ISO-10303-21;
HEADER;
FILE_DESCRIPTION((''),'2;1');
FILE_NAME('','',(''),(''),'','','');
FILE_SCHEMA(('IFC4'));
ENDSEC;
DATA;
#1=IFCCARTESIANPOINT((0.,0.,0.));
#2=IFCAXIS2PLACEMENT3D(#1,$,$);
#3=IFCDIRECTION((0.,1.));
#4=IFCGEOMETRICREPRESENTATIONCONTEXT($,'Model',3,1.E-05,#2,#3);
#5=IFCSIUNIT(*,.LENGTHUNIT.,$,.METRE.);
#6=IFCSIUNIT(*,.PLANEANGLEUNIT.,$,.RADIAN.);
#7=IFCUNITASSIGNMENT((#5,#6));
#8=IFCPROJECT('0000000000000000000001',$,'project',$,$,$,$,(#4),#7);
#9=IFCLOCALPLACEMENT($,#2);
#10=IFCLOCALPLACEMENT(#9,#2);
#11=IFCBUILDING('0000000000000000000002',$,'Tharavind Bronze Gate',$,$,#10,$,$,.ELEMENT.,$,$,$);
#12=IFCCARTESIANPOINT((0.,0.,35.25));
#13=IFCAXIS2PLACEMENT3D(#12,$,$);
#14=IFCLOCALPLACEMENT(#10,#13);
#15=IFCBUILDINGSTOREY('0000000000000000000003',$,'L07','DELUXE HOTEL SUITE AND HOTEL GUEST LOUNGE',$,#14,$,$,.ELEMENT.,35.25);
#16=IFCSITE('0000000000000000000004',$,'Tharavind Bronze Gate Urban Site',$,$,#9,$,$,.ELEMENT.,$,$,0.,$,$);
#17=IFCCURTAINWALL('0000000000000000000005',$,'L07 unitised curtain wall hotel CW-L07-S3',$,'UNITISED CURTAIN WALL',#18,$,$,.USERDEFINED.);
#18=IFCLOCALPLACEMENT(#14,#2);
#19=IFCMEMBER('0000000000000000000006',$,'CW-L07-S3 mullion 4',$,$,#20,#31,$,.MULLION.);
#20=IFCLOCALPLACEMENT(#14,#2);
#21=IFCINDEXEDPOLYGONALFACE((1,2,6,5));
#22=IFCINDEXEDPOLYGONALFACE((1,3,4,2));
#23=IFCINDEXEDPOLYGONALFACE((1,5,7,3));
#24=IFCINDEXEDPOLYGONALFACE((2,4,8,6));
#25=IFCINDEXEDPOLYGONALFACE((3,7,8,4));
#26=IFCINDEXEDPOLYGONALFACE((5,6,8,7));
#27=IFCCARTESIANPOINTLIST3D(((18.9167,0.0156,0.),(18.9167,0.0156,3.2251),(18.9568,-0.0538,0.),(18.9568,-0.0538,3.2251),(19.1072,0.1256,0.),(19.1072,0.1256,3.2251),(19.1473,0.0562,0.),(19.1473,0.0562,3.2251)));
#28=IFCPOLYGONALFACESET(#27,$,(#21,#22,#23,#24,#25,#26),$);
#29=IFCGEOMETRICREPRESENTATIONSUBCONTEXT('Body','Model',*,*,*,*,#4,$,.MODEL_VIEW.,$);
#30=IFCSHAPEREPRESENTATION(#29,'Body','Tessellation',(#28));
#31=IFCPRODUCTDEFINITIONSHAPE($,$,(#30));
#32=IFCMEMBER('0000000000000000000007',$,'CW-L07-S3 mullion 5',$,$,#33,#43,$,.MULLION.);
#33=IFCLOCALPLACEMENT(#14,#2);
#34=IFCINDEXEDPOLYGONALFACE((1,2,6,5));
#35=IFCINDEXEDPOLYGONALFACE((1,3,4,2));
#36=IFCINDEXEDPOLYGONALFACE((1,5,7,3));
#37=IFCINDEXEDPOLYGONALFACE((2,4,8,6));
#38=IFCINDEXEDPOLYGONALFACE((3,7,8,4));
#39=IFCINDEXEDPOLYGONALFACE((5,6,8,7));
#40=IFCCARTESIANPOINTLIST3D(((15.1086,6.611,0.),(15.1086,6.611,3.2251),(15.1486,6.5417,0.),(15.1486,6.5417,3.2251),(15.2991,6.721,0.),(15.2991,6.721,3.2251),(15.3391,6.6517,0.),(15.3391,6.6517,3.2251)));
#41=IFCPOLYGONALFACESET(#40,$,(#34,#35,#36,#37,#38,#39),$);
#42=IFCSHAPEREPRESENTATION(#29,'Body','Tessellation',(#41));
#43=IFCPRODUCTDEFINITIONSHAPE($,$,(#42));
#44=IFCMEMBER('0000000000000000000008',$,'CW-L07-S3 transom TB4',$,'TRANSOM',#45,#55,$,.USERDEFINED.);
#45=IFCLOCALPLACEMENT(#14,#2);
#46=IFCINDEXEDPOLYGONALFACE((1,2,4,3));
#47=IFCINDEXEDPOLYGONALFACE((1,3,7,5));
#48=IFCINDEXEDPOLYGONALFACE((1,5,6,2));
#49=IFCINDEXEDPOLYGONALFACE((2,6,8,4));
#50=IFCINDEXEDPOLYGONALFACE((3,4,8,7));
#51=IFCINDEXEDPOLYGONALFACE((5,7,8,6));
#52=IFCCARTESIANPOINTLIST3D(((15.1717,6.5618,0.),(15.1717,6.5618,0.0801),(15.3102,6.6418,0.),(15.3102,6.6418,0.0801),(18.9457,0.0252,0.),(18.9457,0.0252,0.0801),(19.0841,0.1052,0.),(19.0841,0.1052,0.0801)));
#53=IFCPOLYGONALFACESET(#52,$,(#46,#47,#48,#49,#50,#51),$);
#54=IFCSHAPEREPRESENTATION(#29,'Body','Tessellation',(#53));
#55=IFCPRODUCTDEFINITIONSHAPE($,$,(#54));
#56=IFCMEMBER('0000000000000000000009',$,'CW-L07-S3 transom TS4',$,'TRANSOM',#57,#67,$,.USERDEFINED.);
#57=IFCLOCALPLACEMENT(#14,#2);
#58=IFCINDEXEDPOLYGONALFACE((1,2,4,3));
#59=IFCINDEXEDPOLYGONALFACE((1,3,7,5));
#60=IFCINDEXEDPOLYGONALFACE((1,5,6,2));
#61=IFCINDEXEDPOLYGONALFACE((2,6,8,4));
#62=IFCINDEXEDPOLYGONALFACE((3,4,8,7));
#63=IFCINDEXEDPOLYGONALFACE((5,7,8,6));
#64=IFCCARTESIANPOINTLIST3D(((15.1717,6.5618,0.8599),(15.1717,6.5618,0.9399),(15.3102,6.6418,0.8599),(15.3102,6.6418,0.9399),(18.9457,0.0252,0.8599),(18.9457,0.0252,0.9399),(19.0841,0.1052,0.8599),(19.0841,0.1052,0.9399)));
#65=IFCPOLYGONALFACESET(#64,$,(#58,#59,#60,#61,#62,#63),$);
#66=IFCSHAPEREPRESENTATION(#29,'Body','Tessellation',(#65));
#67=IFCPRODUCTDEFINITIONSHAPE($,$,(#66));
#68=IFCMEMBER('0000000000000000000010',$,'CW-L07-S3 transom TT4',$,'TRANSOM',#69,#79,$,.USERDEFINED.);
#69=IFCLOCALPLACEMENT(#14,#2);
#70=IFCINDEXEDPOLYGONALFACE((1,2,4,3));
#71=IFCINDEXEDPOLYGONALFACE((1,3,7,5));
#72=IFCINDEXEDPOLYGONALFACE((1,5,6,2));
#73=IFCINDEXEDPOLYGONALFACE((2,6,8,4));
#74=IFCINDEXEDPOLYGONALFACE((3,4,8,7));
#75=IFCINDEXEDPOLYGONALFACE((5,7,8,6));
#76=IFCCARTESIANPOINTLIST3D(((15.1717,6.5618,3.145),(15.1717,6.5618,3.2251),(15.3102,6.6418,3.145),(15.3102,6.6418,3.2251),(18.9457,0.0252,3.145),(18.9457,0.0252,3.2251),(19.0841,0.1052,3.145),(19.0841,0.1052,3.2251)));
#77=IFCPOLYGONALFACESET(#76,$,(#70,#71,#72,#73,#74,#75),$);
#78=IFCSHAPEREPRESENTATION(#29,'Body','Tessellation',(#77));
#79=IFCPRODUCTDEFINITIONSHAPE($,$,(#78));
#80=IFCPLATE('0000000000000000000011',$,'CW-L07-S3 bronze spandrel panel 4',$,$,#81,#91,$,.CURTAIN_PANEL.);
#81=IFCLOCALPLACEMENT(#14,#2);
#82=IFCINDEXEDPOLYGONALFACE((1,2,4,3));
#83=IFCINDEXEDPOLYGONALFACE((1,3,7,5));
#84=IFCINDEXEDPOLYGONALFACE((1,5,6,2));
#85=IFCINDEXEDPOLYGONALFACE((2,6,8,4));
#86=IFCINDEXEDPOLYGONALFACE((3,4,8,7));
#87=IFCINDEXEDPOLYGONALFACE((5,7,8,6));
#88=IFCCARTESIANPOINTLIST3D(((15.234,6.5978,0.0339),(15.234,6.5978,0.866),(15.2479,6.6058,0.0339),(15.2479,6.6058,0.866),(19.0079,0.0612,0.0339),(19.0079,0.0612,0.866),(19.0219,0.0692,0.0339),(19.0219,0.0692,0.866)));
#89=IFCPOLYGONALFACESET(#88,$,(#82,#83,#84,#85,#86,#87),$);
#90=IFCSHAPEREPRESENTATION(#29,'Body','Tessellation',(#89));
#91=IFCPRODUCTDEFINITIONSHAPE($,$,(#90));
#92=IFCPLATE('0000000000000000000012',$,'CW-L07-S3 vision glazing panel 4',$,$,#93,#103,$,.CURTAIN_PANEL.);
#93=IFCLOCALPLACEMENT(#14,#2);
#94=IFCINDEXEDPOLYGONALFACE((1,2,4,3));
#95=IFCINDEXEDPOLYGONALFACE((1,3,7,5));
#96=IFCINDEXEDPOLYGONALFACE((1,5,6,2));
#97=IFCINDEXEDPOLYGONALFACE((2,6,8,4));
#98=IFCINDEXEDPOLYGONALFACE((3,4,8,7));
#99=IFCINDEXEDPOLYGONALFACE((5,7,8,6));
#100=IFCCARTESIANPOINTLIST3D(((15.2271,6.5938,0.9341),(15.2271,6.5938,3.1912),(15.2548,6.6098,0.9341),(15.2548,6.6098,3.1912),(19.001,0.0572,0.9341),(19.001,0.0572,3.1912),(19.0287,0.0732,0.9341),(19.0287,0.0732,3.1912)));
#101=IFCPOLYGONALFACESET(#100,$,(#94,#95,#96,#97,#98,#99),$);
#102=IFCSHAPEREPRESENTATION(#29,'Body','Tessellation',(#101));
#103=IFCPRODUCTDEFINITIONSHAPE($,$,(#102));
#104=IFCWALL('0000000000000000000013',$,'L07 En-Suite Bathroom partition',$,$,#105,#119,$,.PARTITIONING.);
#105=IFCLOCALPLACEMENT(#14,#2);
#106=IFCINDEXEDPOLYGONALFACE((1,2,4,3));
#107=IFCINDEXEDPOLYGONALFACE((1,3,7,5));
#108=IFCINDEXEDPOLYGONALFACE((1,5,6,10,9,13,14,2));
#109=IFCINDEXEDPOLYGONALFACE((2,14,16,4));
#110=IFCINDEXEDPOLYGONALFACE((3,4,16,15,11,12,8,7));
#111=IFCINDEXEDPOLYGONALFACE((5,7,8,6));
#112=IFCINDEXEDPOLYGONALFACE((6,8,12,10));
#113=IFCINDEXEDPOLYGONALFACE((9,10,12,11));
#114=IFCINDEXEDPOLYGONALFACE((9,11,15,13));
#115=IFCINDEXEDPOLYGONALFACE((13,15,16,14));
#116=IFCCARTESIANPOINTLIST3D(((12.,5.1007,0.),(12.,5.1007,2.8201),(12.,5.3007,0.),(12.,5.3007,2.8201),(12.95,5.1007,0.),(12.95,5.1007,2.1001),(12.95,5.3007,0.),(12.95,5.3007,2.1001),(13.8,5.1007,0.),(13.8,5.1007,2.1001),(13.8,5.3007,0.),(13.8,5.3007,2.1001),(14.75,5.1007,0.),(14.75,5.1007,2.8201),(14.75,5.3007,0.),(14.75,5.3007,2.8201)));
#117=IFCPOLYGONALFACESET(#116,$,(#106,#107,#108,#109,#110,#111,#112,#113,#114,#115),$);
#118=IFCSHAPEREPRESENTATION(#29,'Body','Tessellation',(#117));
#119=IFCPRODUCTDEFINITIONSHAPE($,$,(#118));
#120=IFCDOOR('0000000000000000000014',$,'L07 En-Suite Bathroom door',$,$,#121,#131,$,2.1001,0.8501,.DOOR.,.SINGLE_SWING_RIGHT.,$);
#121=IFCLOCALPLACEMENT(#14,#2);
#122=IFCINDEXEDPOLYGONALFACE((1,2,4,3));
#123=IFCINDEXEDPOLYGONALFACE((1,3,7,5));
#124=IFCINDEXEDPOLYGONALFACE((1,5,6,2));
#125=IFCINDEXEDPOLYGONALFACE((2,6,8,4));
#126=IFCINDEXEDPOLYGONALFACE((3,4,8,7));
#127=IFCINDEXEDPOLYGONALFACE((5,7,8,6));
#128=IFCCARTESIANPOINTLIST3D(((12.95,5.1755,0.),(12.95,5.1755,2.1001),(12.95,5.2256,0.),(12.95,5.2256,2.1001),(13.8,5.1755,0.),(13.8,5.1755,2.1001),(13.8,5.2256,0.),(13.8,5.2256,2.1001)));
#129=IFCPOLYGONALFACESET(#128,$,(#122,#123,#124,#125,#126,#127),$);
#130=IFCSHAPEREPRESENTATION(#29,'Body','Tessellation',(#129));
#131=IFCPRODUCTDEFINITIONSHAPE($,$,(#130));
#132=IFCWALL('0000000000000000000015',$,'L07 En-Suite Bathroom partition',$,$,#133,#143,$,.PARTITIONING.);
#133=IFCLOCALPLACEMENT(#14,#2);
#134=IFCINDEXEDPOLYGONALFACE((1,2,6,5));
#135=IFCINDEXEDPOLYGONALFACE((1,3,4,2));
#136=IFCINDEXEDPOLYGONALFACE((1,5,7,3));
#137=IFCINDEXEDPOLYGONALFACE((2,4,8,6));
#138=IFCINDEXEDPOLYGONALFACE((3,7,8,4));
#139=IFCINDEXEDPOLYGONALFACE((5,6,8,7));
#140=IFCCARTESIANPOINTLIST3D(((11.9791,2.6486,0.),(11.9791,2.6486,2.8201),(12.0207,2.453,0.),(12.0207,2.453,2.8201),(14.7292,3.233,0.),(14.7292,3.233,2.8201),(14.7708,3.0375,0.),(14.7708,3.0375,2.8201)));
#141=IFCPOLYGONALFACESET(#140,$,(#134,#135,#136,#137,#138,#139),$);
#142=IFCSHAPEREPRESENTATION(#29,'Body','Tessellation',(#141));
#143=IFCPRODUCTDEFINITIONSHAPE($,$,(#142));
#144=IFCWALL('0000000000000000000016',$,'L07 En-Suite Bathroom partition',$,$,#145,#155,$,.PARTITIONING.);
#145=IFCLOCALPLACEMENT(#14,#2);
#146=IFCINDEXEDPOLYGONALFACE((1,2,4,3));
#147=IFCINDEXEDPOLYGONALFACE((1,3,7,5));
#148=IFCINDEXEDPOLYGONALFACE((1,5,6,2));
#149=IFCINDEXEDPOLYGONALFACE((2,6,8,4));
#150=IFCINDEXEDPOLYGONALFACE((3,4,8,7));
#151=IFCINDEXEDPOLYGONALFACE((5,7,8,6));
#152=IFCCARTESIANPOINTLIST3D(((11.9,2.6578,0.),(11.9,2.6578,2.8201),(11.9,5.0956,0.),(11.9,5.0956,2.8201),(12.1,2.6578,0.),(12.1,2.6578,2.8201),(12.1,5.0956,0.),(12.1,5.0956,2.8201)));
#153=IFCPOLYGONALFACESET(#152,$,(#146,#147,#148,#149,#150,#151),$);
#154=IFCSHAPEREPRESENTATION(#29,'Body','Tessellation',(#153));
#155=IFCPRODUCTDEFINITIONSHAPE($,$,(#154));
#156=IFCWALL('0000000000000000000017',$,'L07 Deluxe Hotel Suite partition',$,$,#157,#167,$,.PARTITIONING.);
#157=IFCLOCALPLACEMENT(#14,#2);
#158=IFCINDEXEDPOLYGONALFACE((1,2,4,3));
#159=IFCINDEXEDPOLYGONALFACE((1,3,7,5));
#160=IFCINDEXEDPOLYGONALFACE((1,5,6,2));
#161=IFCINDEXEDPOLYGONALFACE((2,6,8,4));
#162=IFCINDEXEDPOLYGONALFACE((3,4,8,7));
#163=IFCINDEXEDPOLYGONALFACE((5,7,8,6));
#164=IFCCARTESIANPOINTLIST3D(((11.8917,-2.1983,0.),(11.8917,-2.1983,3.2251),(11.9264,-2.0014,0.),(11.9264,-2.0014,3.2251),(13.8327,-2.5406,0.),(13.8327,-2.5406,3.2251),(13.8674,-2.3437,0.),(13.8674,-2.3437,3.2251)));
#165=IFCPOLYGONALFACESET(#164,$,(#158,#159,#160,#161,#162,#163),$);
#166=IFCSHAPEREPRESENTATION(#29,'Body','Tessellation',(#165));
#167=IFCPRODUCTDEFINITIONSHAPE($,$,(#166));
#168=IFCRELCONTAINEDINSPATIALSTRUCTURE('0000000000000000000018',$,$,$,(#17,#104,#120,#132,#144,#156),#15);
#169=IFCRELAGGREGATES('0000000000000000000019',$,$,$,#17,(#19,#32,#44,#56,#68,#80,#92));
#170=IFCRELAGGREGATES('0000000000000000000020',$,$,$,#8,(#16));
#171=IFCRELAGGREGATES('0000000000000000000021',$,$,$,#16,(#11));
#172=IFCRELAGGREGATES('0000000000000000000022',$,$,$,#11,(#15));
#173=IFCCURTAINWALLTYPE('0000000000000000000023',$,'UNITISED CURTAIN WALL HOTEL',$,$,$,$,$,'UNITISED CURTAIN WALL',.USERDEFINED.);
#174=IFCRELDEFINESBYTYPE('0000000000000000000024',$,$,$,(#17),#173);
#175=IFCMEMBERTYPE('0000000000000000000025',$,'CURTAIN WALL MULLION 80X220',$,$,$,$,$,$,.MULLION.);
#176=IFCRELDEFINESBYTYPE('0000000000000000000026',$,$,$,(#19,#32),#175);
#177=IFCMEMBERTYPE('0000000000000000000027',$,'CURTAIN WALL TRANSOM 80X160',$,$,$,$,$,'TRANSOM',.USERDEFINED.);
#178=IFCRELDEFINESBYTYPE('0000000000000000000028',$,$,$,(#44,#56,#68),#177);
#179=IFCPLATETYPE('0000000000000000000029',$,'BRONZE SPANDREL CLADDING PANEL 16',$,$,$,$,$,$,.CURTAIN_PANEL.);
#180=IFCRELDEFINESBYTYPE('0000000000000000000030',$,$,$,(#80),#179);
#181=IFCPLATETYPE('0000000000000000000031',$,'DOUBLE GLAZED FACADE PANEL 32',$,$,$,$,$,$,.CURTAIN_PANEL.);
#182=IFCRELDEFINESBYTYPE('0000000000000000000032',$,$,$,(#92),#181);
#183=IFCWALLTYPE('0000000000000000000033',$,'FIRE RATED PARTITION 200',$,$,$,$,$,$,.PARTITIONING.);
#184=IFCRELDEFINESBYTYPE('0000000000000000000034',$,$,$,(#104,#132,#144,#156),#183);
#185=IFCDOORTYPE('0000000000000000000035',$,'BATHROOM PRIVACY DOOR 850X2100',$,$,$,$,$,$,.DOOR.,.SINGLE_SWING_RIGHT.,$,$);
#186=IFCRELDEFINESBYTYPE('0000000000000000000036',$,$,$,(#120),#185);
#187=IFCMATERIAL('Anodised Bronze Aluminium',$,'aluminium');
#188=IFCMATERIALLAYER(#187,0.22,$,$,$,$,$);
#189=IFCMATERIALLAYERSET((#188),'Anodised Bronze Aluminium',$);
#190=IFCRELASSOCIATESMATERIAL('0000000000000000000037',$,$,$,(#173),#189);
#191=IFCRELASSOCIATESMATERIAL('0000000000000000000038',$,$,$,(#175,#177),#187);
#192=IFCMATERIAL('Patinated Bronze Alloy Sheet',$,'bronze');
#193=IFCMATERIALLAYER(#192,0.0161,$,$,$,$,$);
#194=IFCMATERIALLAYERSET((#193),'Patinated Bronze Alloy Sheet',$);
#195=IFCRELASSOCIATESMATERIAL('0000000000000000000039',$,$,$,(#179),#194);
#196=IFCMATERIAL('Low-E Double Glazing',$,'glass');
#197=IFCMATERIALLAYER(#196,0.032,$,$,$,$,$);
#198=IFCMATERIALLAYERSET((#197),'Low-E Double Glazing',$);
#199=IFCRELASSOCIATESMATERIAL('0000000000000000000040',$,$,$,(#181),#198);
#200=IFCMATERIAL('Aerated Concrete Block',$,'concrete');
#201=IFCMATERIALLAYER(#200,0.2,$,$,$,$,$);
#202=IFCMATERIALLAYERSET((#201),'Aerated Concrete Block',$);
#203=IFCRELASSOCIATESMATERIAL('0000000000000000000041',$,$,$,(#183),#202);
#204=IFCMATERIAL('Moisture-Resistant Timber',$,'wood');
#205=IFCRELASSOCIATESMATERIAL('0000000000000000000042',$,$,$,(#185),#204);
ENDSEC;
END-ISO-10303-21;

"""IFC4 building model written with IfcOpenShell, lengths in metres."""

from ifc_helpers import new_model, si_unit, direction, frame, frame_2d, origin, origin_2d, place, context, subcontext, project, spatial, rectangle, extrude, material, layer, layer_set, type_object, element, fill, aggregate, save


model = new_model("IFC4")

# Units and contexts
model_context = context("Model", 3, precision=1e-05, world=origin(), true_north=direction((0.0, 1.0)))
body_context = subcontext(model_context, "Body", "Model", "MODEL_VIEW")
ifc_project = project(units=[si_unit("LENGTHUNIT", "METRE"), si_unit("PLANEANGLEUNIT", "RADIAN")], contexts=[model_context])

# Site, building, storey
site_placement = place(None, origin())
site = spatial("IfcSite", under=ifc_project, at=site_placement, Name="Tharavind Bronze Gate Urban Site", CompositionType="ELEMENT", RefElevation=0.0)
building_placement = place(site_placement, origin())
building = spatial("IfcBuilding", under=site, at=building_placement, Name="Tharavind Bronze Gate", CompositionType="ELEMENT")
storey_placement = place(building_placement, frame((0.0, 0.0, 35.25)))
storey = spatial("IfcBuildingStorey", under=building, at=storey_placement, Name="L07", Description="DELUXE HOTEL SUITE AND HOTEL GUEST LOUNGE", CompositionType="ELEMENT", Elevation=35.25)

# Curtain wall, members, plates
ifc_material_1 = material(Name="Anodised Bronze Aluminium", Category="aluminium")
ifc_layer_1 = layer(ifc_material_1, 0.22)
ifc_layer_set_1 = layer_set([ifc_layer_1], Name="Anodised Bronze Aluminium")
curtain_wall_type = type_object("IfcCurtainWallType", Name="UNITISED CURTAIN WALL HOTEL", ElementType="UNITISED CURTAIN WALL", PredefinedType="USERDEFINED", material=ifc_layer_set_1)
curtain_wall_placement = place(storey_placement, origin())
curtain_wall = element("IfcCurtainWall", 1, at=curtain_wall_placement, inside=storey, type_object=curtain_wall_type, Name="L07 unitised curtain wall hotel CW-L07-S3", ObjectType="UNITISED CURTAIN WALL", PredefinedType="USERDEFINED")
member_type_1 = type_object("IfcMemberType", Name="CURTAIN WALL MULLION 80X220", PredefinedType="MULLION", material=ifc_material_1)
member_1_placement = place(storey_placement, frame((19.032, 0.0359, 0.0), z_axis=(0.0, 0.0, 1.0), x_axis=(-0.500002, 0.866025, 0.0)))
member_1 = element("IfcMember", 2, at=member_1_placement, type_object=member_type_1, Name="CW-L07-S3 mullion 4", PredefinedType="MULLION", context=body_context, shape_type="SweptSolid", body=[
    extrude(rectangle(XDim=0.0801, YDim=0.22, at=origin_2d()), origin(), (0.0, 0.0, 1.0), 3.2251),
])
member_2_placement = place(storey_placement, frame((15.2239, 6.6313, 0.0), z_axis=(0.0, 0.0, 1.0), x_axis=(-0.500002, 0.866025, 0.0)))
member_2 = element("IfcMember", 3, at=member_2_placement, type_object=member_type_1, Name="CW-L07-S3 mullion 5", PredefinedType="MULLION", context=body_context, shape_type="SweptSolid", body=[
    extrude(rectangle(XDim=0.0801, YDim=0.22, at=origin_2d()), origin(), (0.0, 0.0, 1.0), 3.2251),
])
member_type_2 = type_object("IfcMemberType", Name="CURTAIN WALL TRANSOM 80X160", ElementType="TRANSOM", PredefinedType="USERDEFINED", material=ifc_material_1)
member_3_placement = place(storey_placement, frame((17.1279, 3.3335, 0.0), z_axis=(0.0, 0.0, 1.0), x_axis=(-0.500002, 0.866025, 0.0)))
member_3 = element("IfcMember", 4, at=member_3_placement, type_object=member_type_2, Name="CW-L07-S3 transom TB4", ObjectType="TRANSOM", PredefinedType="USERDEFINED", context=body_context, shape_type="SweptSolid", body=[
    extrude(rectangle(XDim=7.5479, YDim=0.1599, at=origin_2d()), origin(), (0.0, 0.0, 1.0), 0.0801),
])
member_4_placement = place(storey_placement, frame((17.1279, 3.3335, 0.8599), z_axis=(0.0, 0.0, 1.0), x_axis=(-0.500002, 0.866025, 0.0)))
member_4 = element("IfcMember", 5, at=member_4_placement, type_object=member_type_2, Name="CW-L07-S3 transom TS4", ObjectType="TRANSOM", PredefinedType="USERDEFINED", context=body_context, shape_type="SweptSolid", body=[
    extrude(rectangle(XDim=7.5479, YDim=0.1599, at=origin_2d()), origin(), (0.0, 0.0, 1.0), 0.0801),
])
member_5_placement = place(storey_placement, frame((17.1279, 3.3335, 3.145), z_axis=(0.0, 0.0, 1.0), x_axis=(-0.500002, 0.866025, 0.0)))
member_5 = element("IfcMember", 6, at=member_5_placement, type_object=member_type_2, Name="CW-L07-S3 transom TT4", ObjectType="TRANSOM", PredefinedType="USERDEFINED", context=body_context, shape_type="SweptSolid", body=[
    extrude(rectangle(XDim=7.5479, YDim=0.1599, at=origin_2d()), origin(), (0.0, 0.0, 1.0), 0.0801),
])
ifc_material_2 = material(Name="Patinated Bronze Alloy Sheet", Category="bronze")
ifc_layer_2 = layer(ifc_material_2, 0.0161)
ifc_layer_set_2 = layer_set([ifc_layer_2], Name="Patinated Bronze Alloy Sheet")
plate_type_1 = type_object("IfcPlateType", Name="BRONZE SPANDREL CLADDING PANEL 16", PredefinedType="CURTAIN_PANEL", material=ifc_layer_set_2)
plate_1_placement = place(storey_placement, frame((17.1279, 3.3335, 0.0339), z_axis=(0.0, 0.0, 1.0), x_axis=(-0.500002, 0.866025, 0.0)))
plate_1 = element("IfcPlate", 7, at=plate_1_placement, type_object=plate_type_1, Name="CW-L07-S3 bronze spandrel panel 4", PredefinedType="CURTAIN_PANEL", context=body_context, shape_type="SweptSolid", body=[
    extrude(rectangle(XDim=7.5479, YDim=0.0161, at=origin_2d()), origin(), (0.0, 0.0, 1.0), 0.832),
])
ifc_material_3 = material(Name="Low-E Double Glazing", Category="glass")
ifc_layer_3 = layer(ifc_material_3, 0.032)
ifc_layer_set_3 = layer_set([ifc_layer_3], Name="Low-E Double Glazing")
plate_type_2 = type_object("IfcPlateType", Name="DOUBLE GLAZED FACADE PANEL 32", PredefinedType="CURTAIN_PANEL", material=ifc_layer_set_3)
plate_2_placement = place(storey_placement, frame((17.1279, 3.3335, 0.9341), z_axis=(0.0, 0.0, 1.0), x_axis=(-0.500002, 0.866025, 0.0)))
plate_2 = element("IfcPlate", 8, at=plate_2_placement, type_object=plate_type_2, Name="CW-L07-S3 vision glazing panel 4", PredefinedType="CURTAIN_PANEL", context=body_context, shape_type="SweptSolid", body=[
    extrude(rectangle(XDim=7.5479, YDim=0.032, at=origin_2d()), origin(), (0.0, 0.0, 1.0), 2.2571),
])
aggregate(curtain_wall, [member_1, member_2, member_3, member_4, member_5, plate_1, plate_2])

# Wall, opening, door
ifc_material_4 = material(Name="Aerated Concrete Block", Category="concrete")
ifc_layer_4 = layer(ifc_material_4, 0.2)
ifc_layer_set_4 = layer_set([ifc_layer_4], Name="Aerated Concrete Block")
wall_type_1 = type_object("IfcWallType", Name="FIRE RATED PARTITION 200", PredefinedType="PARTITIONING", material=ifc_layer_set_4)
wall_1_placement = place(storey_placement, frame((12.0, 5.2007, 0.0), z_axis=(0.0, 0.0, 1.0), x_axis=(1.0, 0.0, 0.0)))
wall_1 = element("IfcWall", 9, at=wall_1_placement, inside=storey, type_object=wall_type_1, Name="L07 En-Suite Bathroom partition", PredefinedType="PARTITIONING", context=body_context, shape_type="SweptSolid", body=[
    extrude(rectangle(XDim=2.75, YDim=0.2, at=frame_2d((1.375, 0.0))), origin(), (0.0, 0.0, 1.0), 2.8201),
])
opening_1_placement = place(wall_1_placement, frame((0.95, 0.0, 0.0)))
opening_1 = element("IfcOpeningElement", 10, at=opening_1_placement, cuts=wall_1, PredefinedType="OPENING", context=body_context, shape_type="SweptSolid", body=[
    extrude(rectangle(XDim=0.8501, YDim=2.1001, at=frame_2d((0.425, 1.05))), frame((0.0, 0.1101, 0.0), z_axis=(0.0, -1.0, 0.0), x_axis=(1.0, 0.0, 0.0)), (0.0, 0.0, 1.0), 0.22),
])
ifc_material_5 = material(Name="Moisture-Resistant Timber", Category="wood")
door_type_1 = type_object("IfcDoorType", Name="BATHROOM PRIVACY DOOR 850X2100", OperationType="SINGLE_SWING_RIGHT", PredefinedType="DOOR", material=ifc_material_5)
door_1_placement = place(opening_1_placement, origin())
door_1 = element("IfcDoor", 11, at=door_1_placement, inside=storey, type_object=door_type_1, Name="L07 En-Suite Bathroom door", OperationType="SINGLE_SWING_RIGHT", OverallHeight=2.1001, OverallWidth=0.8501, PredefinedType="DOOR", context=body_context, shape_type="SweptSolid", body=[
    extrude(rectangle(XDim=0.8501, YDim=2.1001, at=frame_2d((0.425, 1.05))), frame((0.0, 0.0249, 0.0), z_axis=(0.0, -1.0, 0.0), x_axis=(1.0, 0.0, 0.0)), (0.0, 0.0, 1.0), 0.05),
])
fill(opening_1, door_1)

# Walls
wall_2_placement = place(storey_placement, frame((14.75, 3.1353, 0.0), z_axis=(0.0, 0.0, 1.0), x_axis=(-0.978152, -0.207892, 0.0)))
element("IfcWall", 12, at=wall_2_placement, inside=storey, type_object=wall_type_1, Name="L07 En-Suite Bathroom partition", PredefinedType="PARTITIONING", context=body_context, shape_type="SweptSolid", body=[
    extrude(rectangle(XDim=2.8115, YDim=0.2, at=frame_2d((1.4058, 0.0))), origin(), (0.0, 0.0, 1.0), 2.8201),
])
wall_3_placement = place(storey_placement, frame((12.0, 2.658, 0.0), z_axis=(0.0, 0.0, 1.0), x_axis=(0.0, 1.0, 0.0)))
element("IfcWall", 13, at=wall_3_placement, inside=storey, type_object=wall_type_1, Name="L07 En-Suite Bathroom partition", PredefinedType="PARTITIONING", context=body_context, shape_type="SweptSolid", body=[
    extrude(rectangle(XDim=2.4377, YDim=0.2, at=frame_2d((1.2188, 0.0))), origin(), (0.0, 0.0, 1.0), 2.8201),
])

# Wall
wall_4_placement = place(storey_placement, frame((11.9092, -2.0999, 0.0), z_axis=(0.0, 0.0, 1.0), x_axis=(0.984804, -0.173672, 0.0)))
element("IfcWall", 14, at=wall_4_placement, inside=storey, type_object=wall_type_1, Name="L07 Deluxe Hotel Suite partition", PredefinedType="PARTITIONING", context=body_context, shape_type="SweptSolid", body=[
    extrude(rectangle(XDim=1.9709, YDim=0.2, at=frame_2d((0.9854, 0.0))), origin(), (0.0, 0.0, 1.0), 3.2251),
])

save(model, "model.ifc")
